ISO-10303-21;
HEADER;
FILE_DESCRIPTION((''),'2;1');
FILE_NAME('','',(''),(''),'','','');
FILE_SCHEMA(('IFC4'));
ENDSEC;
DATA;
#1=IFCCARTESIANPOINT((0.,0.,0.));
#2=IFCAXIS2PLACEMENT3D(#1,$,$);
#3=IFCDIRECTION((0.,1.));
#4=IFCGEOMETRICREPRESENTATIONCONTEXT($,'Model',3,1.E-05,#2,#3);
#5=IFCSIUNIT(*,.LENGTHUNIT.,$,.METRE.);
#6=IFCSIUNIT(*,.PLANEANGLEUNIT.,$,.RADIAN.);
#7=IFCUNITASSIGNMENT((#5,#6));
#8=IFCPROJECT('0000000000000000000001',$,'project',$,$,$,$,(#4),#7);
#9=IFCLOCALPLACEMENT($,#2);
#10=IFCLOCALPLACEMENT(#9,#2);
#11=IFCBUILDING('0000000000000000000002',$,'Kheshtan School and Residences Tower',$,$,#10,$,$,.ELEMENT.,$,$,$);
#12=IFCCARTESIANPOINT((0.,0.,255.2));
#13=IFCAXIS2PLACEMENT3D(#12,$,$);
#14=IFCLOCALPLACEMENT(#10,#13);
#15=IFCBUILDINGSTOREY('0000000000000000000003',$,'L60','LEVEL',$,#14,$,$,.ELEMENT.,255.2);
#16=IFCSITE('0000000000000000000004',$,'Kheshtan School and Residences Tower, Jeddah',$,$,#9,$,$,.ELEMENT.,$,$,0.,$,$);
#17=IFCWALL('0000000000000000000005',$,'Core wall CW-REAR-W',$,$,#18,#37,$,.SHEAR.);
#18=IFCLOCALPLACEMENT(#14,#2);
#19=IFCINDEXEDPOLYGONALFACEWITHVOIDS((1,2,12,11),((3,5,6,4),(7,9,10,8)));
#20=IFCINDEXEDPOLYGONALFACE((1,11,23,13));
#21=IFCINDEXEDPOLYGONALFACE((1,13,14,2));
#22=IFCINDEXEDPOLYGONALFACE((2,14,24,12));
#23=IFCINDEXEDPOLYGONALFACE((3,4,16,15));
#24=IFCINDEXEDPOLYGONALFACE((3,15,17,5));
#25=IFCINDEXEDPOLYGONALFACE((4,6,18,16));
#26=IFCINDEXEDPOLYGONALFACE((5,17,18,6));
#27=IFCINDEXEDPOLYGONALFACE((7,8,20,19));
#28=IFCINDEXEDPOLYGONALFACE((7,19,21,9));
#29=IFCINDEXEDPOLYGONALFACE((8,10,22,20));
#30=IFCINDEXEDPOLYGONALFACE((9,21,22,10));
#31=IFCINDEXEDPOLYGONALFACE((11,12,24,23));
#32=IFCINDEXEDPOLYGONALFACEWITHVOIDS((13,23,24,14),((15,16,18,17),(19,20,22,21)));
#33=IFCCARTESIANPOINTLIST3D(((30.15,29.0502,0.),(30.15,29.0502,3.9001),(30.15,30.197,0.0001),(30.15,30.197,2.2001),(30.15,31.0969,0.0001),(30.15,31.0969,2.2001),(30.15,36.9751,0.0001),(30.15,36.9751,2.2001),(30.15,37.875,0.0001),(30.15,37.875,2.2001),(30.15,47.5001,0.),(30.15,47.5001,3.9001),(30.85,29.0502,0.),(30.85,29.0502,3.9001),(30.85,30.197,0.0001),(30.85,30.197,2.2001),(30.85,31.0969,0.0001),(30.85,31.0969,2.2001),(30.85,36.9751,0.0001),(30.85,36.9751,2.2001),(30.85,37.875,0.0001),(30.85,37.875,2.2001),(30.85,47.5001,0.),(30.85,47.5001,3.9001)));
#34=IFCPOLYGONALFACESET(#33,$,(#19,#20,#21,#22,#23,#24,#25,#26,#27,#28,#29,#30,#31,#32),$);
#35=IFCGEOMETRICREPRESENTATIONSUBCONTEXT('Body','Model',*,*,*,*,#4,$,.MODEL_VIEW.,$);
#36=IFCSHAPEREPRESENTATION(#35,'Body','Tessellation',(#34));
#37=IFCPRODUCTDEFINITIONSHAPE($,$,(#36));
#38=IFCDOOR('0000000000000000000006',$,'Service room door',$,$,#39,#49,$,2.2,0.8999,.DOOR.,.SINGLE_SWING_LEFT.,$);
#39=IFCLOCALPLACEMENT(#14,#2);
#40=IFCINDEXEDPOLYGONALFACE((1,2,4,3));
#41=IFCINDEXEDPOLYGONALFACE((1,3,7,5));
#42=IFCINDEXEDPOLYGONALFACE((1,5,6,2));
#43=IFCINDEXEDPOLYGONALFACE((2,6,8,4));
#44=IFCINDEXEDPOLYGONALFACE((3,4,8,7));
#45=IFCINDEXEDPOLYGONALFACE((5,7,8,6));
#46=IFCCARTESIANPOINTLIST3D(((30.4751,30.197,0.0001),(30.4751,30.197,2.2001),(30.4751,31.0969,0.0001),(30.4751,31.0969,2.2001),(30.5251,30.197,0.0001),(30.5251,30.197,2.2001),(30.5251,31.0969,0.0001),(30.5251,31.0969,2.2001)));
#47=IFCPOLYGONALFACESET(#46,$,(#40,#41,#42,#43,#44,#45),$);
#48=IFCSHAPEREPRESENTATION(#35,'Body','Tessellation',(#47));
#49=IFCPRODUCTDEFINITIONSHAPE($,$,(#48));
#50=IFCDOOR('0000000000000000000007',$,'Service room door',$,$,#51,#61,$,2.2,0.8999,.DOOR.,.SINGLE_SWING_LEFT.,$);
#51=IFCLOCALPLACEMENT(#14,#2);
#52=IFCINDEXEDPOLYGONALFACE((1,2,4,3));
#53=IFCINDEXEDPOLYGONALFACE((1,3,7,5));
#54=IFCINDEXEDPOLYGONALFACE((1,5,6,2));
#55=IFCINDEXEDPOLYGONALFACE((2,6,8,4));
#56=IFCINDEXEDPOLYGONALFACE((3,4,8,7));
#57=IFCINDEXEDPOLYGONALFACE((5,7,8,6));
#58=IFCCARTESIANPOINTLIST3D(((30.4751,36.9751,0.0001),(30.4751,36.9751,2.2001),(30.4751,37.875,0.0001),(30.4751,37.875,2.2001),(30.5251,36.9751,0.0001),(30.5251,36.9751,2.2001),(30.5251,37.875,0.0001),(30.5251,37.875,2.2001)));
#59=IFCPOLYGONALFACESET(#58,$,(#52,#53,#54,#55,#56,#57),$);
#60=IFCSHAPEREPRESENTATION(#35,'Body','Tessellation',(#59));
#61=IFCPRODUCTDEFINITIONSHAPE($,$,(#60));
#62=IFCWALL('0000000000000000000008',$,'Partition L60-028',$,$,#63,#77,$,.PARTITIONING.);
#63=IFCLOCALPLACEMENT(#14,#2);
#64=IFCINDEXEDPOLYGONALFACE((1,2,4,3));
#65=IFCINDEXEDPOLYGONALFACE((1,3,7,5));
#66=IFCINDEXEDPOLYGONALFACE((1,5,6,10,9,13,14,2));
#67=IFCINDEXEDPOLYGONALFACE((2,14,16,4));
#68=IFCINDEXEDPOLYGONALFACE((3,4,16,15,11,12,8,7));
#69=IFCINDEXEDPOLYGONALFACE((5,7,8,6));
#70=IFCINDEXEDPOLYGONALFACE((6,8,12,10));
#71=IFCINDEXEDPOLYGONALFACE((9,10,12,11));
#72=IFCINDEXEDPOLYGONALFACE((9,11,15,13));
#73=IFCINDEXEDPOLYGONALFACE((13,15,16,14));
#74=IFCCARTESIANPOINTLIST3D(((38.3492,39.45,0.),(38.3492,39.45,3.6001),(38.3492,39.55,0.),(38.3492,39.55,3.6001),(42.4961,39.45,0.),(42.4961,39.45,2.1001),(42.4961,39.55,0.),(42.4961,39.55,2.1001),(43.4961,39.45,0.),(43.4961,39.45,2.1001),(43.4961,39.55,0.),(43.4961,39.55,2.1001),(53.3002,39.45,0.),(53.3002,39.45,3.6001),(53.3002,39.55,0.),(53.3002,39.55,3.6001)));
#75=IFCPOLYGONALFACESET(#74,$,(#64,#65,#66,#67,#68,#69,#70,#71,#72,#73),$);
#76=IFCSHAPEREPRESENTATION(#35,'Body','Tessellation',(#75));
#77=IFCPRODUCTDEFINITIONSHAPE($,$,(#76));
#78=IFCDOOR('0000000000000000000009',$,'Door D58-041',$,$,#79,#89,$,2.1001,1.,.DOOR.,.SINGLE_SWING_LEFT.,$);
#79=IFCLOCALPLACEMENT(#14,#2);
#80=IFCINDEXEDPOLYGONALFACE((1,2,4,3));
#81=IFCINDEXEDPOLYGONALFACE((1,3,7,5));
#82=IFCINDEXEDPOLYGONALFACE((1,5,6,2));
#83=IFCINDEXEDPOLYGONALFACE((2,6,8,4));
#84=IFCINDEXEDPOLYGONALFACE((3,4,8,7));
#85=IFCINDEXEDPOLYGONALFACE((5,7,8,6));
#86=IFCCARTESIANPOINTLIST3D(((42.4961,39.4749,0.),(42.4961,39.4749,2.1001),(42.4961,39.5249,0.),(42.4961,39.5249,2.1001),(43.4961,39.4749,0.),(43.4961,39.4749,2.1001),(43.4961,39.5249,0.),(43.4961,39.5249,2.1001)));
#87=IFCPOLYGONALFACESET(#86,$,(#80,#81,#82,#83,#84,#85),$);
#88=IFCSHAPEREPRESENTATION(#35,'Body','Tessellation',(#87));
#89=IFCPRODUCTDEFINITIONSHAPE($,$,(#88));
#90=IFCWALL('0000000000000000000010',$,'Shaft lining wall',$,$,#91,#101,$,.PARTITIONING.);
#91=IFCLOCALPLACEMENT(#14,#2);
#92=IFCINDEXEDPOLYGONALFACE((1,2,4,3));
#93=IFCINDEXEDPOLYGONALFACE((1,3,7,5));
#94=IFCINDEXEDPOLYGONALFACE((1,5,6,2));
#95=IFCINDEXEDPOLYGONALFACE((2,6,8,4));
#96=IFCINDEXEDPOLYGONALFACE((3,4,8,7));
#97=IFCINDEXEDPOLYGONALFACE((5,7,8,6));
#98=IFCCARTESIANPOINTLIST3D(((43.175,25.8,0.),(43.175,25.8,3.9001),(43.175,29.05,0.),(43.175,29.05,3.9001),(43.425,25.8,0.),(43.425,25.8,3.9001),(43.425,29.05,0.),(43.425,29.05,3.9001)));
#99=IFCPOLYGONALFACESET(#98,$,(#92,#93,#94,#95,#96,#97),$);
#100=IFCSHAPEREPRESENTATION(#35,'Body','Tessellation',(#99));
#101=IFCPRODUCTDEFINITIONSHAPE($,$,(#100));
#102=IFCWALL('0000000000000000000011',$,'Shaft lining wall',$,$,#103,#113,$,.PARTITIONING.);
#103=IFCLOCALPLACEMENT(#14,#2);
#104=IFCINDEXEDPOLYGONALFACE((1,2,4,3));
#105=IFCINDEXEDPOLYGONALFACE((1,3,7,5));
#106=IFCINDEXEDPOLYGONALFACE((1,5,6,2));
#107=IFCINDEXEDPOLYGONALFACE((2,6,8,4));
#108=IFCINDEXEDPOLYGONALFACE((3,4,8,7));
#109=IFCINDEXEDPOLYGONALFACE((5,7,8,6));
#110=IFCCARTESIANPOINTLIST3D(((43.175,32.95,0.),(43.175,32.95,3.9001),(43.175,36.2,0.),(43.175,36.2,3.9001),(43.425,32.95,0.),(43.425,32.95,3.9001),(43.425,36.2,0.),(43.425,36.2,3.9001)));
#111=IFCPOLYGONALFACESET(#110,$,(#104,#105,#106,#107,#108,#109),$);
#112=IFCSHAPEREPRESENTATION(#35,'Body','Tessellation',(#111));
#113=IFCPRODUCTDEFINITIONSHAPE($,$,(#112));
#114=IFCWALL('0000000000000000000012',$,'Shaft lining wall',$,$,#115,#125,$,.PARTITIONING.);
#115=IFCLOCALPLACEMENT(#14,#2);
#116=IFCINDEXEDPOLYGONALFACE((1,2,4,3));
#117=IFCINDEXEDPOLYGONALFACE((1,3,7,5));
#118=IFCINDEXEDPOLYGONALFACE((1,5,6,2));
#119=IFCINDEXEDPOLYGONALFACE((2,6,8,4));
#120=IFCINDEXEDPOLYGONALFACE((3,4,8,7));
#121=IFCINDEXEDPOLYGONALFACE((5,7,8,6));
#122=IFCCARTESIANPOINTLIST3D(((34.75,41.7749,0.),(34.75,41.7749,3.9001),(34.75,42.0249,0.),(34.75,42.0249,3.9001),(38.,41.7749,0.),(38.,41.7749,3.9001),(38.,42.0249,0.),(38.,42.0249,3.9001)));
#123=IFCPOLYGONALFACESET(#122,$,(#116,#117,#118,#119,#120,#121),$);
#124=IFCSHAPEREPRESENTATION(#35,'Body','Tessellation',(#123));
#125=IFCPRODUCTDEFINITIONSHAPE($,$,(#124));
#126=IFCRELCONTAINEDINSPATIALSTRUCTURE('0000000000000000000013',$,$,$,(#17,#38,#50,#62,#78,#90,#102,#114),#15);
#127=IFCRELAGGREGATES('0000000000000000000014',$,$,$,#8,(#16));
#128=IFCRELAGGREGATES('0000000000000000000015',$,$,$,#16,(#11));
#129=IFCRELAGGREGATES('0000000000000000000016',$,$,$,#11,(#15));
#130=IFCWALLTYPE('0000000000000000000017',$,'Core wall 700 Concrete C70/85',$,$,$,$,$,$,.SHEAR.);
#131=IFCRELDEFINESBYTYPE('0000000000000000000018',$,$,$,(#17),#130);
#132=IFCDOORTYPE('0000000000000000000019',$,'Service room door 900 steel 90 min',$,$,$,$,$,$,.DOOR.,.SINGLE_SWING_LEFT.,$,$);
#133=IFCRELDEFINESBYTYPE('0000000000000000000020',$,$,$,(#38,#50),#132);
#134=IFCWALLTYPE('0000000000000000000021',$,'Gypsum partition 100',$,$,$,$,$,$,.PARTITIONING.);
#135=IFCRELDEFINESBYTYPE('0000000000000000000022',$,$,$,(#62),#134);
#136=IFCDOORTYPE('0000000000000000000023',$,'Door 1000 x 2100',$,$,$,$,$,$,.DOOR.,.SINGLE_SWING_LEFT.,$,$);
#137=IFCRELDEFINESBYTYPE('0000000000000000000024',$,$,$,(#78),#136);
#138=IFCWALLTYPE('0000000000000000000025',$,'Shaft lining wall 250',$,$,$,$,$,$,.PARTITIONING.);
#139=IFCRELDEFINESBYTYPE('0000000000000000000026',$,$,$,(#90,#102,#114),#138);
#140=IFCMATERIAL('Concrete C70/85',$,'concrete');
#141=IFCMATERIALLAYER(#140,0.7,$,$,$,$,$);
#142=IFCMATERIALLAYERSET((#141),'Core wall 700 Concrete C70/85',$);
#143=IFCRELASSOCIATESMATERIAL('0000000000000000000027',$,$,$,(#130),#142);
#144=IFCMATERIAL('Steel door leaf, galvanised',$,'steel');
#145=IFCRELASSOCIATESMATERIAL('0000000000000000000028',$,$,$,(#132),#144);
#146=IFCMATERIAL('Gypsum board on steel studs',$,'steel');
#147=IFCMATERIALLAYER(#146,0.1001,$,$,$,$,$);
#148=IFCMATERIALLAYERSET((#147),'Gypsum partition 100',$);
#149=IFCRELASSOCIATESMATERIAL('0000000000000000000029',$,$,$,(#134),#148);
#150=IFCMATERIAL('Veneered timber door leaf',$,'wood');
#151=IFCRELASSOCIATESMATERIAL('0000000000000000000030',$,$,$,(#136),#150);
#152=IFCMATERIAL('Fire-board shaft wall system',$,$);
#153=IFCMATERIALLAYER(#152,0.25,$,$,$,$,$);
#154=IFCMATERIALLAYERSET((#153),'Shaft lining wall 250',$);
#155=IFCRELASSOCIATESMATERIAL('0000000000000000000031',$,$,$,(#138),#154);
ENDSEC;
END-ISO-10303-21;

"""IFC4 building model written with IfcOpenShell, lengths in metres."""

from ifc_helpers import new_model, si_unit, direction, frame, frame_2d, origin, place, context, subcontext, project, spatial, rectangle, extrude, source, transform, mapped, material, layer, layer_set, type_object, element, fill, save


model = new_model("IFC4")

# Units and contexts
model_context = context("Model", 3, precision=1e-05, world=origin(), true_north=direction((0.0, 1.0)))
body_context = subcontext(model_context, "Body", "Model", "MODEL_VIEW")
ifc_project = project(units=[si_unit("LENGTHUNIT", "METRE"), si_unit("PLANEANGLEUNIT", "RADIAN")], contexts=[model_context])

# Site, building, storey
site_placement = place(None, origin())
site = spatial("IfcSite", under=ifc_project, at=site_placement, Name="Kheshtan School and Residences Tower, Jeddah", CompositionType="ELEMENT", RefElevation=0.0)
building_placement = place(site_placement, origin())
building = spatial("IfcBuilding", under=site, at=building_placement, Name="Kheshtan School and Residences Tower", CompositionType="ELEMENT")
storey_placement = place(building_placement, frame((0.0, 0.0, 255.2)))
storey = spatial("IfcBuildingStorey", under=building, at=storey_placement, Name="L60", Description="LEVEL", CompositionType="ELEMENT", Elevation=255.2)

# Shared definitions
ifc_material_1 = material(Name="Steel door leaf, galvanised", Category="steel")

# Shared definitions
ifc_material_2 = material(Name="Concrete C70/85", Category="concrete")
ifc_layer_1 = layer(ifc_material_2, 0.7)
ifc_layer_set_1 = layer_set([ifc_layer_1], Name="Core wall 700 Concrete C70/85")
wall_type_1 = type_object("IfcWallType", Name="Core wall 700 Concrete C70/85", PredefinedType="SHEAR", material=ifc_layer_set_1)

# Wall, openings, doors
wall_1_placement = place(storey_placement, frame((30.5, 29.05, 0.0), z_axis=(0.0, 0.0, 1.0), x_axis=(0.0, 1.0, 0.0)))
wall_1 = element("IfcWall", 1, at=wall_1_placement, inside=storey, type_object=wall_type_1, Name="Core wall CW-REAR-W", PredefinedType="SHEAR", context=body_context, shape_type="SweptSolid", body=[
    extrude(rectangle(XDim=18.45, YDim=0.7, at=frame_2d((9.2251, 0.0))), origin(), (0.0, 0.0, 1.0), 3.9001),
])
opening_1_placement = place(wall_1_placement, frame((1.147, 0.0, 0.0)))
opening_1 = element("IfcOpeningElement", 2, at=opening_1_placement, cuts=wall_1, PredefinedType="OPENING", context=body_context, shape_type="SweptSolid", body=[
    extrude(rectangle(XDim=0.8999, YDim=2.2, at=frame_2d((0.45, 1.1001))), frame((0.0, 0.3599, 0.0), z_axis=(0.0, -1.0, 0.0), x_axis=(1.0, 0.0, 0.0)), (0.0, 0.0, 1.0), 0.72),
])
opening_2_placement = place(wall_1_placement, frame((7.925, 0.0, 0.0)))
opening_2 = element("IfcOpeningElement", 3, at=opening_2_placement, cuts=wall_1, PredefinedType="OPENING", context=body_context, shape_type="SweptSolid", body=[
    extrude(rectangle(XDim=0.8999, YDim=2.2, at=frame_2d((0.45, 1.1001))), frame((0.0, 0.3599, 0.0), z_axis=(0.0, -1.0, 0.0), x_axis=(1.0, 0.0, 0.0)), (0.0, 0.0, 1.0), 0.72),
])
door_type_1 = type_object("IfcDoorType", Name="Service room door 900 steel 90 min", OperationType="SINGLE_SWING_LEFT", PredefinedType="DOOR", material=ifc_material_1)
shared_shape_1 = source(origin(), body_context, "Body", "SweptSolid", [
    extrude(rectangle(XDim=0.8999, YDim=2.2, at=frame_2d((0.45, 1.1001))), frame((0.0, 0.0249, 0.0), z_axis=(0.0, -1.0, 0.0), x_axis=(1.0, 0.0, 0.0)), (0.0, 0.0, 1.0), 0.05),
])
door_1_placement = place(opening_1_placement, origin())
door_1 = element("IfcDoor", 4, at=door_1_placement, inside=storey, type_object=door_type_1, Name="Service room door", OperationType="SINGLE_SWING_LEFT", OverallHeight=2.2, OverallWidth=0.8999, PredefinedType="DOOR", context=body_context, shape_type="MappedRepresentation", body=[
    mapped(shared_shape_1, transform((0.0, 0.0, 0.0), x_axis=(1.0, 0.0, 0.0), y_axis=(0.0, 1.0, 0.0), z_axis=(0.0, 0.0, 1.0), scale=1.0)),
])
fill(opening_1, door_1)
door_2_placement = place(opening_2_placement, origin())
door_2 = element("IfcDoor", 5, at=door_2_placement, inside=storey, type_object=door_type_1, Name="Service room door", OperationType="SINGLE_SWING_LEFT", OverallHeight=2.2, OverallWidth=0.8999, PredefinedType="DOOR", context=body_context, shape_type="MappedRepresentation", body=[
    mapped(shared_shape_1, transform((0.0, 0.0, 0.0), x_axis=(1.0, 0.0, 0.0), y_axis=(0.0, 1.0, 0.0), z_axis=(0.0, 0.0, 1.0), scale=1.0)),
])
fill(opening_2, door_2)

# Wall, opening, door
ifc_material_3 = material(Name="Gypsum board on steel studs", Category="steel")
ifc_layer_2 = layer(ifc_material_3, 0.1001)
ifc_layer_set_2 = layer_set([ifc_layer_2], Name="Gypsum partition 100")
wall_type_2 = type_object("IfcWallType", Name="Gypsum partition 100", PredefinedType="PARTITIONING", material=ifc_layer_set_2)
wall_2_placement = place(storey_placement, frame((38.3491, 39.5, 0.0), z_axis=(0.0, 0.0, 1.0), x_axis=(1.0, 0.0, 0.0)))
wall_2 = element("IfcWall", 6, at=wall_2_placement, inside=storey, type_object=wall_type_2, Name="Partition L60-028", PredefinedType="PARTITIONING", context=body_context, shape_type="SweptSolid", body=[
    extrude(rectangle(XDim=14.9509, YDim=0.1001, at=frame_2d((7.4756, 0.0))), origin(), (0.0, 0.0, 1.0), 3.6001),
])
opening_3_placement = place(wall_2_placement, frame((4.147, 0.0, 0.0)))
opening_3 = element("IfcOpeningElement", 7, at=opening_3_placement, cuts=wall_2, PredefinedType="OPENING", context=body_context, shape_type="SweptSolid", body=[
    extrude(rectangle(XDim=1.0, YDim=2.1001, at=frame_2d((0.5, 1.05))), frame((0.0, 0.0601, 0.0), z_axis=(0.0, -1.0, 0.0), x_axis=(1.0, 0.0, 0.0)), (0.0, 0.0, 1.0), 0.1201),
])
ifc_material_4 = material(Name="Veneered timber door leaf", Category="wood")
door_type_2 = type_object("IfcDoorType", Name="Door 1000 x 2100", OperationType="SINGLE_SWING_LEFT", PredefinedType="DOOR", material=ifc_material_4)
shared_shape_2 = source(origin(), body_context, "Body", "SweptSolid", [
    extrude(rectangle(XDim=1.0, YDim=2.1001, at=frame_2d((0.5, 1.05))), frame((0.0, 0.0249, 0.0), z_axis=(0.0, -1.0, 0.0), x_axis=(1.0, 0.0, 0.0)), (0.0, 0.0, 1.0), 0.05),
])
door_3_placement = place(opening_3_placement, origin())
door_3 = element("IfcDoor", 8, at=door_3_placement, inside=storey, type_object=door_type_2, Name="Door D58-041", OperationType="SINGLE_SWING_LEFT", OverallHeight=2.1001, OverallWidth=1.0, PredefinedType="DOOR", context=body_context, shape_type="MappedRepresentation", body=[
    mapped(shared_shape_2, transform((0.0, 0.0, 0.0), x_axis=(1.0, 0.0, 0.0), y_axis=(0.0, 1.0, 0.0), z_axis=(0.0, 0.0, 1.0), scale=1.0)),
])
fill(opening_3, door_3)

# Walls
ifc_material_5 = material(Name="Fire-board shaft wall system")
ifc_layer_3 = layer(ifc_material_5, 0.25)
ifc_layer_set_3 = layer_set([ifc_layer_3], Name="Shaft lining wall 250")
wall_type_3 = type_object("IfcWallType", Name="Shaft lining wall 250", PredefinedType="PARTITIONING", material=ifc_layer_set_3)
for number, where, z_axis, x_axis, name in (
    (9, (43.3, 25.8, 0.0), (0.0, 0.0, 1.0), (0.0, 1.0, 0.0), "Shaft lining wall"),
    (10, (43.3, 32.95, 0.0), (0.0, 0.0, 1.0), (0.0, 1.0, 0.0), "Shaft lining wall"),
    (11, (34.75, 41.8999, 0.0), (0.0, 0.0, 1.0), (1.0, 0.0, 0.0), "Shaft lining wall"),
):
    element("IfcWall", number, at=place(storey_placement, frame(where, z_axis=z_axis, x_axis=x_axis)), inside=storey, type_object=wall_type_3, Name=name, PredefinedType="PARTITIONING", context=body_context, shape_type="SweptSolid", body=[
        extrude(rectangle(XDim=3.25, YDim=0.25, at=frame_2d((1.625, 0.0))), origin(), (0.0, 0.0, 1.0), 3.9001),
    ])

save(model, "model.ifc")
